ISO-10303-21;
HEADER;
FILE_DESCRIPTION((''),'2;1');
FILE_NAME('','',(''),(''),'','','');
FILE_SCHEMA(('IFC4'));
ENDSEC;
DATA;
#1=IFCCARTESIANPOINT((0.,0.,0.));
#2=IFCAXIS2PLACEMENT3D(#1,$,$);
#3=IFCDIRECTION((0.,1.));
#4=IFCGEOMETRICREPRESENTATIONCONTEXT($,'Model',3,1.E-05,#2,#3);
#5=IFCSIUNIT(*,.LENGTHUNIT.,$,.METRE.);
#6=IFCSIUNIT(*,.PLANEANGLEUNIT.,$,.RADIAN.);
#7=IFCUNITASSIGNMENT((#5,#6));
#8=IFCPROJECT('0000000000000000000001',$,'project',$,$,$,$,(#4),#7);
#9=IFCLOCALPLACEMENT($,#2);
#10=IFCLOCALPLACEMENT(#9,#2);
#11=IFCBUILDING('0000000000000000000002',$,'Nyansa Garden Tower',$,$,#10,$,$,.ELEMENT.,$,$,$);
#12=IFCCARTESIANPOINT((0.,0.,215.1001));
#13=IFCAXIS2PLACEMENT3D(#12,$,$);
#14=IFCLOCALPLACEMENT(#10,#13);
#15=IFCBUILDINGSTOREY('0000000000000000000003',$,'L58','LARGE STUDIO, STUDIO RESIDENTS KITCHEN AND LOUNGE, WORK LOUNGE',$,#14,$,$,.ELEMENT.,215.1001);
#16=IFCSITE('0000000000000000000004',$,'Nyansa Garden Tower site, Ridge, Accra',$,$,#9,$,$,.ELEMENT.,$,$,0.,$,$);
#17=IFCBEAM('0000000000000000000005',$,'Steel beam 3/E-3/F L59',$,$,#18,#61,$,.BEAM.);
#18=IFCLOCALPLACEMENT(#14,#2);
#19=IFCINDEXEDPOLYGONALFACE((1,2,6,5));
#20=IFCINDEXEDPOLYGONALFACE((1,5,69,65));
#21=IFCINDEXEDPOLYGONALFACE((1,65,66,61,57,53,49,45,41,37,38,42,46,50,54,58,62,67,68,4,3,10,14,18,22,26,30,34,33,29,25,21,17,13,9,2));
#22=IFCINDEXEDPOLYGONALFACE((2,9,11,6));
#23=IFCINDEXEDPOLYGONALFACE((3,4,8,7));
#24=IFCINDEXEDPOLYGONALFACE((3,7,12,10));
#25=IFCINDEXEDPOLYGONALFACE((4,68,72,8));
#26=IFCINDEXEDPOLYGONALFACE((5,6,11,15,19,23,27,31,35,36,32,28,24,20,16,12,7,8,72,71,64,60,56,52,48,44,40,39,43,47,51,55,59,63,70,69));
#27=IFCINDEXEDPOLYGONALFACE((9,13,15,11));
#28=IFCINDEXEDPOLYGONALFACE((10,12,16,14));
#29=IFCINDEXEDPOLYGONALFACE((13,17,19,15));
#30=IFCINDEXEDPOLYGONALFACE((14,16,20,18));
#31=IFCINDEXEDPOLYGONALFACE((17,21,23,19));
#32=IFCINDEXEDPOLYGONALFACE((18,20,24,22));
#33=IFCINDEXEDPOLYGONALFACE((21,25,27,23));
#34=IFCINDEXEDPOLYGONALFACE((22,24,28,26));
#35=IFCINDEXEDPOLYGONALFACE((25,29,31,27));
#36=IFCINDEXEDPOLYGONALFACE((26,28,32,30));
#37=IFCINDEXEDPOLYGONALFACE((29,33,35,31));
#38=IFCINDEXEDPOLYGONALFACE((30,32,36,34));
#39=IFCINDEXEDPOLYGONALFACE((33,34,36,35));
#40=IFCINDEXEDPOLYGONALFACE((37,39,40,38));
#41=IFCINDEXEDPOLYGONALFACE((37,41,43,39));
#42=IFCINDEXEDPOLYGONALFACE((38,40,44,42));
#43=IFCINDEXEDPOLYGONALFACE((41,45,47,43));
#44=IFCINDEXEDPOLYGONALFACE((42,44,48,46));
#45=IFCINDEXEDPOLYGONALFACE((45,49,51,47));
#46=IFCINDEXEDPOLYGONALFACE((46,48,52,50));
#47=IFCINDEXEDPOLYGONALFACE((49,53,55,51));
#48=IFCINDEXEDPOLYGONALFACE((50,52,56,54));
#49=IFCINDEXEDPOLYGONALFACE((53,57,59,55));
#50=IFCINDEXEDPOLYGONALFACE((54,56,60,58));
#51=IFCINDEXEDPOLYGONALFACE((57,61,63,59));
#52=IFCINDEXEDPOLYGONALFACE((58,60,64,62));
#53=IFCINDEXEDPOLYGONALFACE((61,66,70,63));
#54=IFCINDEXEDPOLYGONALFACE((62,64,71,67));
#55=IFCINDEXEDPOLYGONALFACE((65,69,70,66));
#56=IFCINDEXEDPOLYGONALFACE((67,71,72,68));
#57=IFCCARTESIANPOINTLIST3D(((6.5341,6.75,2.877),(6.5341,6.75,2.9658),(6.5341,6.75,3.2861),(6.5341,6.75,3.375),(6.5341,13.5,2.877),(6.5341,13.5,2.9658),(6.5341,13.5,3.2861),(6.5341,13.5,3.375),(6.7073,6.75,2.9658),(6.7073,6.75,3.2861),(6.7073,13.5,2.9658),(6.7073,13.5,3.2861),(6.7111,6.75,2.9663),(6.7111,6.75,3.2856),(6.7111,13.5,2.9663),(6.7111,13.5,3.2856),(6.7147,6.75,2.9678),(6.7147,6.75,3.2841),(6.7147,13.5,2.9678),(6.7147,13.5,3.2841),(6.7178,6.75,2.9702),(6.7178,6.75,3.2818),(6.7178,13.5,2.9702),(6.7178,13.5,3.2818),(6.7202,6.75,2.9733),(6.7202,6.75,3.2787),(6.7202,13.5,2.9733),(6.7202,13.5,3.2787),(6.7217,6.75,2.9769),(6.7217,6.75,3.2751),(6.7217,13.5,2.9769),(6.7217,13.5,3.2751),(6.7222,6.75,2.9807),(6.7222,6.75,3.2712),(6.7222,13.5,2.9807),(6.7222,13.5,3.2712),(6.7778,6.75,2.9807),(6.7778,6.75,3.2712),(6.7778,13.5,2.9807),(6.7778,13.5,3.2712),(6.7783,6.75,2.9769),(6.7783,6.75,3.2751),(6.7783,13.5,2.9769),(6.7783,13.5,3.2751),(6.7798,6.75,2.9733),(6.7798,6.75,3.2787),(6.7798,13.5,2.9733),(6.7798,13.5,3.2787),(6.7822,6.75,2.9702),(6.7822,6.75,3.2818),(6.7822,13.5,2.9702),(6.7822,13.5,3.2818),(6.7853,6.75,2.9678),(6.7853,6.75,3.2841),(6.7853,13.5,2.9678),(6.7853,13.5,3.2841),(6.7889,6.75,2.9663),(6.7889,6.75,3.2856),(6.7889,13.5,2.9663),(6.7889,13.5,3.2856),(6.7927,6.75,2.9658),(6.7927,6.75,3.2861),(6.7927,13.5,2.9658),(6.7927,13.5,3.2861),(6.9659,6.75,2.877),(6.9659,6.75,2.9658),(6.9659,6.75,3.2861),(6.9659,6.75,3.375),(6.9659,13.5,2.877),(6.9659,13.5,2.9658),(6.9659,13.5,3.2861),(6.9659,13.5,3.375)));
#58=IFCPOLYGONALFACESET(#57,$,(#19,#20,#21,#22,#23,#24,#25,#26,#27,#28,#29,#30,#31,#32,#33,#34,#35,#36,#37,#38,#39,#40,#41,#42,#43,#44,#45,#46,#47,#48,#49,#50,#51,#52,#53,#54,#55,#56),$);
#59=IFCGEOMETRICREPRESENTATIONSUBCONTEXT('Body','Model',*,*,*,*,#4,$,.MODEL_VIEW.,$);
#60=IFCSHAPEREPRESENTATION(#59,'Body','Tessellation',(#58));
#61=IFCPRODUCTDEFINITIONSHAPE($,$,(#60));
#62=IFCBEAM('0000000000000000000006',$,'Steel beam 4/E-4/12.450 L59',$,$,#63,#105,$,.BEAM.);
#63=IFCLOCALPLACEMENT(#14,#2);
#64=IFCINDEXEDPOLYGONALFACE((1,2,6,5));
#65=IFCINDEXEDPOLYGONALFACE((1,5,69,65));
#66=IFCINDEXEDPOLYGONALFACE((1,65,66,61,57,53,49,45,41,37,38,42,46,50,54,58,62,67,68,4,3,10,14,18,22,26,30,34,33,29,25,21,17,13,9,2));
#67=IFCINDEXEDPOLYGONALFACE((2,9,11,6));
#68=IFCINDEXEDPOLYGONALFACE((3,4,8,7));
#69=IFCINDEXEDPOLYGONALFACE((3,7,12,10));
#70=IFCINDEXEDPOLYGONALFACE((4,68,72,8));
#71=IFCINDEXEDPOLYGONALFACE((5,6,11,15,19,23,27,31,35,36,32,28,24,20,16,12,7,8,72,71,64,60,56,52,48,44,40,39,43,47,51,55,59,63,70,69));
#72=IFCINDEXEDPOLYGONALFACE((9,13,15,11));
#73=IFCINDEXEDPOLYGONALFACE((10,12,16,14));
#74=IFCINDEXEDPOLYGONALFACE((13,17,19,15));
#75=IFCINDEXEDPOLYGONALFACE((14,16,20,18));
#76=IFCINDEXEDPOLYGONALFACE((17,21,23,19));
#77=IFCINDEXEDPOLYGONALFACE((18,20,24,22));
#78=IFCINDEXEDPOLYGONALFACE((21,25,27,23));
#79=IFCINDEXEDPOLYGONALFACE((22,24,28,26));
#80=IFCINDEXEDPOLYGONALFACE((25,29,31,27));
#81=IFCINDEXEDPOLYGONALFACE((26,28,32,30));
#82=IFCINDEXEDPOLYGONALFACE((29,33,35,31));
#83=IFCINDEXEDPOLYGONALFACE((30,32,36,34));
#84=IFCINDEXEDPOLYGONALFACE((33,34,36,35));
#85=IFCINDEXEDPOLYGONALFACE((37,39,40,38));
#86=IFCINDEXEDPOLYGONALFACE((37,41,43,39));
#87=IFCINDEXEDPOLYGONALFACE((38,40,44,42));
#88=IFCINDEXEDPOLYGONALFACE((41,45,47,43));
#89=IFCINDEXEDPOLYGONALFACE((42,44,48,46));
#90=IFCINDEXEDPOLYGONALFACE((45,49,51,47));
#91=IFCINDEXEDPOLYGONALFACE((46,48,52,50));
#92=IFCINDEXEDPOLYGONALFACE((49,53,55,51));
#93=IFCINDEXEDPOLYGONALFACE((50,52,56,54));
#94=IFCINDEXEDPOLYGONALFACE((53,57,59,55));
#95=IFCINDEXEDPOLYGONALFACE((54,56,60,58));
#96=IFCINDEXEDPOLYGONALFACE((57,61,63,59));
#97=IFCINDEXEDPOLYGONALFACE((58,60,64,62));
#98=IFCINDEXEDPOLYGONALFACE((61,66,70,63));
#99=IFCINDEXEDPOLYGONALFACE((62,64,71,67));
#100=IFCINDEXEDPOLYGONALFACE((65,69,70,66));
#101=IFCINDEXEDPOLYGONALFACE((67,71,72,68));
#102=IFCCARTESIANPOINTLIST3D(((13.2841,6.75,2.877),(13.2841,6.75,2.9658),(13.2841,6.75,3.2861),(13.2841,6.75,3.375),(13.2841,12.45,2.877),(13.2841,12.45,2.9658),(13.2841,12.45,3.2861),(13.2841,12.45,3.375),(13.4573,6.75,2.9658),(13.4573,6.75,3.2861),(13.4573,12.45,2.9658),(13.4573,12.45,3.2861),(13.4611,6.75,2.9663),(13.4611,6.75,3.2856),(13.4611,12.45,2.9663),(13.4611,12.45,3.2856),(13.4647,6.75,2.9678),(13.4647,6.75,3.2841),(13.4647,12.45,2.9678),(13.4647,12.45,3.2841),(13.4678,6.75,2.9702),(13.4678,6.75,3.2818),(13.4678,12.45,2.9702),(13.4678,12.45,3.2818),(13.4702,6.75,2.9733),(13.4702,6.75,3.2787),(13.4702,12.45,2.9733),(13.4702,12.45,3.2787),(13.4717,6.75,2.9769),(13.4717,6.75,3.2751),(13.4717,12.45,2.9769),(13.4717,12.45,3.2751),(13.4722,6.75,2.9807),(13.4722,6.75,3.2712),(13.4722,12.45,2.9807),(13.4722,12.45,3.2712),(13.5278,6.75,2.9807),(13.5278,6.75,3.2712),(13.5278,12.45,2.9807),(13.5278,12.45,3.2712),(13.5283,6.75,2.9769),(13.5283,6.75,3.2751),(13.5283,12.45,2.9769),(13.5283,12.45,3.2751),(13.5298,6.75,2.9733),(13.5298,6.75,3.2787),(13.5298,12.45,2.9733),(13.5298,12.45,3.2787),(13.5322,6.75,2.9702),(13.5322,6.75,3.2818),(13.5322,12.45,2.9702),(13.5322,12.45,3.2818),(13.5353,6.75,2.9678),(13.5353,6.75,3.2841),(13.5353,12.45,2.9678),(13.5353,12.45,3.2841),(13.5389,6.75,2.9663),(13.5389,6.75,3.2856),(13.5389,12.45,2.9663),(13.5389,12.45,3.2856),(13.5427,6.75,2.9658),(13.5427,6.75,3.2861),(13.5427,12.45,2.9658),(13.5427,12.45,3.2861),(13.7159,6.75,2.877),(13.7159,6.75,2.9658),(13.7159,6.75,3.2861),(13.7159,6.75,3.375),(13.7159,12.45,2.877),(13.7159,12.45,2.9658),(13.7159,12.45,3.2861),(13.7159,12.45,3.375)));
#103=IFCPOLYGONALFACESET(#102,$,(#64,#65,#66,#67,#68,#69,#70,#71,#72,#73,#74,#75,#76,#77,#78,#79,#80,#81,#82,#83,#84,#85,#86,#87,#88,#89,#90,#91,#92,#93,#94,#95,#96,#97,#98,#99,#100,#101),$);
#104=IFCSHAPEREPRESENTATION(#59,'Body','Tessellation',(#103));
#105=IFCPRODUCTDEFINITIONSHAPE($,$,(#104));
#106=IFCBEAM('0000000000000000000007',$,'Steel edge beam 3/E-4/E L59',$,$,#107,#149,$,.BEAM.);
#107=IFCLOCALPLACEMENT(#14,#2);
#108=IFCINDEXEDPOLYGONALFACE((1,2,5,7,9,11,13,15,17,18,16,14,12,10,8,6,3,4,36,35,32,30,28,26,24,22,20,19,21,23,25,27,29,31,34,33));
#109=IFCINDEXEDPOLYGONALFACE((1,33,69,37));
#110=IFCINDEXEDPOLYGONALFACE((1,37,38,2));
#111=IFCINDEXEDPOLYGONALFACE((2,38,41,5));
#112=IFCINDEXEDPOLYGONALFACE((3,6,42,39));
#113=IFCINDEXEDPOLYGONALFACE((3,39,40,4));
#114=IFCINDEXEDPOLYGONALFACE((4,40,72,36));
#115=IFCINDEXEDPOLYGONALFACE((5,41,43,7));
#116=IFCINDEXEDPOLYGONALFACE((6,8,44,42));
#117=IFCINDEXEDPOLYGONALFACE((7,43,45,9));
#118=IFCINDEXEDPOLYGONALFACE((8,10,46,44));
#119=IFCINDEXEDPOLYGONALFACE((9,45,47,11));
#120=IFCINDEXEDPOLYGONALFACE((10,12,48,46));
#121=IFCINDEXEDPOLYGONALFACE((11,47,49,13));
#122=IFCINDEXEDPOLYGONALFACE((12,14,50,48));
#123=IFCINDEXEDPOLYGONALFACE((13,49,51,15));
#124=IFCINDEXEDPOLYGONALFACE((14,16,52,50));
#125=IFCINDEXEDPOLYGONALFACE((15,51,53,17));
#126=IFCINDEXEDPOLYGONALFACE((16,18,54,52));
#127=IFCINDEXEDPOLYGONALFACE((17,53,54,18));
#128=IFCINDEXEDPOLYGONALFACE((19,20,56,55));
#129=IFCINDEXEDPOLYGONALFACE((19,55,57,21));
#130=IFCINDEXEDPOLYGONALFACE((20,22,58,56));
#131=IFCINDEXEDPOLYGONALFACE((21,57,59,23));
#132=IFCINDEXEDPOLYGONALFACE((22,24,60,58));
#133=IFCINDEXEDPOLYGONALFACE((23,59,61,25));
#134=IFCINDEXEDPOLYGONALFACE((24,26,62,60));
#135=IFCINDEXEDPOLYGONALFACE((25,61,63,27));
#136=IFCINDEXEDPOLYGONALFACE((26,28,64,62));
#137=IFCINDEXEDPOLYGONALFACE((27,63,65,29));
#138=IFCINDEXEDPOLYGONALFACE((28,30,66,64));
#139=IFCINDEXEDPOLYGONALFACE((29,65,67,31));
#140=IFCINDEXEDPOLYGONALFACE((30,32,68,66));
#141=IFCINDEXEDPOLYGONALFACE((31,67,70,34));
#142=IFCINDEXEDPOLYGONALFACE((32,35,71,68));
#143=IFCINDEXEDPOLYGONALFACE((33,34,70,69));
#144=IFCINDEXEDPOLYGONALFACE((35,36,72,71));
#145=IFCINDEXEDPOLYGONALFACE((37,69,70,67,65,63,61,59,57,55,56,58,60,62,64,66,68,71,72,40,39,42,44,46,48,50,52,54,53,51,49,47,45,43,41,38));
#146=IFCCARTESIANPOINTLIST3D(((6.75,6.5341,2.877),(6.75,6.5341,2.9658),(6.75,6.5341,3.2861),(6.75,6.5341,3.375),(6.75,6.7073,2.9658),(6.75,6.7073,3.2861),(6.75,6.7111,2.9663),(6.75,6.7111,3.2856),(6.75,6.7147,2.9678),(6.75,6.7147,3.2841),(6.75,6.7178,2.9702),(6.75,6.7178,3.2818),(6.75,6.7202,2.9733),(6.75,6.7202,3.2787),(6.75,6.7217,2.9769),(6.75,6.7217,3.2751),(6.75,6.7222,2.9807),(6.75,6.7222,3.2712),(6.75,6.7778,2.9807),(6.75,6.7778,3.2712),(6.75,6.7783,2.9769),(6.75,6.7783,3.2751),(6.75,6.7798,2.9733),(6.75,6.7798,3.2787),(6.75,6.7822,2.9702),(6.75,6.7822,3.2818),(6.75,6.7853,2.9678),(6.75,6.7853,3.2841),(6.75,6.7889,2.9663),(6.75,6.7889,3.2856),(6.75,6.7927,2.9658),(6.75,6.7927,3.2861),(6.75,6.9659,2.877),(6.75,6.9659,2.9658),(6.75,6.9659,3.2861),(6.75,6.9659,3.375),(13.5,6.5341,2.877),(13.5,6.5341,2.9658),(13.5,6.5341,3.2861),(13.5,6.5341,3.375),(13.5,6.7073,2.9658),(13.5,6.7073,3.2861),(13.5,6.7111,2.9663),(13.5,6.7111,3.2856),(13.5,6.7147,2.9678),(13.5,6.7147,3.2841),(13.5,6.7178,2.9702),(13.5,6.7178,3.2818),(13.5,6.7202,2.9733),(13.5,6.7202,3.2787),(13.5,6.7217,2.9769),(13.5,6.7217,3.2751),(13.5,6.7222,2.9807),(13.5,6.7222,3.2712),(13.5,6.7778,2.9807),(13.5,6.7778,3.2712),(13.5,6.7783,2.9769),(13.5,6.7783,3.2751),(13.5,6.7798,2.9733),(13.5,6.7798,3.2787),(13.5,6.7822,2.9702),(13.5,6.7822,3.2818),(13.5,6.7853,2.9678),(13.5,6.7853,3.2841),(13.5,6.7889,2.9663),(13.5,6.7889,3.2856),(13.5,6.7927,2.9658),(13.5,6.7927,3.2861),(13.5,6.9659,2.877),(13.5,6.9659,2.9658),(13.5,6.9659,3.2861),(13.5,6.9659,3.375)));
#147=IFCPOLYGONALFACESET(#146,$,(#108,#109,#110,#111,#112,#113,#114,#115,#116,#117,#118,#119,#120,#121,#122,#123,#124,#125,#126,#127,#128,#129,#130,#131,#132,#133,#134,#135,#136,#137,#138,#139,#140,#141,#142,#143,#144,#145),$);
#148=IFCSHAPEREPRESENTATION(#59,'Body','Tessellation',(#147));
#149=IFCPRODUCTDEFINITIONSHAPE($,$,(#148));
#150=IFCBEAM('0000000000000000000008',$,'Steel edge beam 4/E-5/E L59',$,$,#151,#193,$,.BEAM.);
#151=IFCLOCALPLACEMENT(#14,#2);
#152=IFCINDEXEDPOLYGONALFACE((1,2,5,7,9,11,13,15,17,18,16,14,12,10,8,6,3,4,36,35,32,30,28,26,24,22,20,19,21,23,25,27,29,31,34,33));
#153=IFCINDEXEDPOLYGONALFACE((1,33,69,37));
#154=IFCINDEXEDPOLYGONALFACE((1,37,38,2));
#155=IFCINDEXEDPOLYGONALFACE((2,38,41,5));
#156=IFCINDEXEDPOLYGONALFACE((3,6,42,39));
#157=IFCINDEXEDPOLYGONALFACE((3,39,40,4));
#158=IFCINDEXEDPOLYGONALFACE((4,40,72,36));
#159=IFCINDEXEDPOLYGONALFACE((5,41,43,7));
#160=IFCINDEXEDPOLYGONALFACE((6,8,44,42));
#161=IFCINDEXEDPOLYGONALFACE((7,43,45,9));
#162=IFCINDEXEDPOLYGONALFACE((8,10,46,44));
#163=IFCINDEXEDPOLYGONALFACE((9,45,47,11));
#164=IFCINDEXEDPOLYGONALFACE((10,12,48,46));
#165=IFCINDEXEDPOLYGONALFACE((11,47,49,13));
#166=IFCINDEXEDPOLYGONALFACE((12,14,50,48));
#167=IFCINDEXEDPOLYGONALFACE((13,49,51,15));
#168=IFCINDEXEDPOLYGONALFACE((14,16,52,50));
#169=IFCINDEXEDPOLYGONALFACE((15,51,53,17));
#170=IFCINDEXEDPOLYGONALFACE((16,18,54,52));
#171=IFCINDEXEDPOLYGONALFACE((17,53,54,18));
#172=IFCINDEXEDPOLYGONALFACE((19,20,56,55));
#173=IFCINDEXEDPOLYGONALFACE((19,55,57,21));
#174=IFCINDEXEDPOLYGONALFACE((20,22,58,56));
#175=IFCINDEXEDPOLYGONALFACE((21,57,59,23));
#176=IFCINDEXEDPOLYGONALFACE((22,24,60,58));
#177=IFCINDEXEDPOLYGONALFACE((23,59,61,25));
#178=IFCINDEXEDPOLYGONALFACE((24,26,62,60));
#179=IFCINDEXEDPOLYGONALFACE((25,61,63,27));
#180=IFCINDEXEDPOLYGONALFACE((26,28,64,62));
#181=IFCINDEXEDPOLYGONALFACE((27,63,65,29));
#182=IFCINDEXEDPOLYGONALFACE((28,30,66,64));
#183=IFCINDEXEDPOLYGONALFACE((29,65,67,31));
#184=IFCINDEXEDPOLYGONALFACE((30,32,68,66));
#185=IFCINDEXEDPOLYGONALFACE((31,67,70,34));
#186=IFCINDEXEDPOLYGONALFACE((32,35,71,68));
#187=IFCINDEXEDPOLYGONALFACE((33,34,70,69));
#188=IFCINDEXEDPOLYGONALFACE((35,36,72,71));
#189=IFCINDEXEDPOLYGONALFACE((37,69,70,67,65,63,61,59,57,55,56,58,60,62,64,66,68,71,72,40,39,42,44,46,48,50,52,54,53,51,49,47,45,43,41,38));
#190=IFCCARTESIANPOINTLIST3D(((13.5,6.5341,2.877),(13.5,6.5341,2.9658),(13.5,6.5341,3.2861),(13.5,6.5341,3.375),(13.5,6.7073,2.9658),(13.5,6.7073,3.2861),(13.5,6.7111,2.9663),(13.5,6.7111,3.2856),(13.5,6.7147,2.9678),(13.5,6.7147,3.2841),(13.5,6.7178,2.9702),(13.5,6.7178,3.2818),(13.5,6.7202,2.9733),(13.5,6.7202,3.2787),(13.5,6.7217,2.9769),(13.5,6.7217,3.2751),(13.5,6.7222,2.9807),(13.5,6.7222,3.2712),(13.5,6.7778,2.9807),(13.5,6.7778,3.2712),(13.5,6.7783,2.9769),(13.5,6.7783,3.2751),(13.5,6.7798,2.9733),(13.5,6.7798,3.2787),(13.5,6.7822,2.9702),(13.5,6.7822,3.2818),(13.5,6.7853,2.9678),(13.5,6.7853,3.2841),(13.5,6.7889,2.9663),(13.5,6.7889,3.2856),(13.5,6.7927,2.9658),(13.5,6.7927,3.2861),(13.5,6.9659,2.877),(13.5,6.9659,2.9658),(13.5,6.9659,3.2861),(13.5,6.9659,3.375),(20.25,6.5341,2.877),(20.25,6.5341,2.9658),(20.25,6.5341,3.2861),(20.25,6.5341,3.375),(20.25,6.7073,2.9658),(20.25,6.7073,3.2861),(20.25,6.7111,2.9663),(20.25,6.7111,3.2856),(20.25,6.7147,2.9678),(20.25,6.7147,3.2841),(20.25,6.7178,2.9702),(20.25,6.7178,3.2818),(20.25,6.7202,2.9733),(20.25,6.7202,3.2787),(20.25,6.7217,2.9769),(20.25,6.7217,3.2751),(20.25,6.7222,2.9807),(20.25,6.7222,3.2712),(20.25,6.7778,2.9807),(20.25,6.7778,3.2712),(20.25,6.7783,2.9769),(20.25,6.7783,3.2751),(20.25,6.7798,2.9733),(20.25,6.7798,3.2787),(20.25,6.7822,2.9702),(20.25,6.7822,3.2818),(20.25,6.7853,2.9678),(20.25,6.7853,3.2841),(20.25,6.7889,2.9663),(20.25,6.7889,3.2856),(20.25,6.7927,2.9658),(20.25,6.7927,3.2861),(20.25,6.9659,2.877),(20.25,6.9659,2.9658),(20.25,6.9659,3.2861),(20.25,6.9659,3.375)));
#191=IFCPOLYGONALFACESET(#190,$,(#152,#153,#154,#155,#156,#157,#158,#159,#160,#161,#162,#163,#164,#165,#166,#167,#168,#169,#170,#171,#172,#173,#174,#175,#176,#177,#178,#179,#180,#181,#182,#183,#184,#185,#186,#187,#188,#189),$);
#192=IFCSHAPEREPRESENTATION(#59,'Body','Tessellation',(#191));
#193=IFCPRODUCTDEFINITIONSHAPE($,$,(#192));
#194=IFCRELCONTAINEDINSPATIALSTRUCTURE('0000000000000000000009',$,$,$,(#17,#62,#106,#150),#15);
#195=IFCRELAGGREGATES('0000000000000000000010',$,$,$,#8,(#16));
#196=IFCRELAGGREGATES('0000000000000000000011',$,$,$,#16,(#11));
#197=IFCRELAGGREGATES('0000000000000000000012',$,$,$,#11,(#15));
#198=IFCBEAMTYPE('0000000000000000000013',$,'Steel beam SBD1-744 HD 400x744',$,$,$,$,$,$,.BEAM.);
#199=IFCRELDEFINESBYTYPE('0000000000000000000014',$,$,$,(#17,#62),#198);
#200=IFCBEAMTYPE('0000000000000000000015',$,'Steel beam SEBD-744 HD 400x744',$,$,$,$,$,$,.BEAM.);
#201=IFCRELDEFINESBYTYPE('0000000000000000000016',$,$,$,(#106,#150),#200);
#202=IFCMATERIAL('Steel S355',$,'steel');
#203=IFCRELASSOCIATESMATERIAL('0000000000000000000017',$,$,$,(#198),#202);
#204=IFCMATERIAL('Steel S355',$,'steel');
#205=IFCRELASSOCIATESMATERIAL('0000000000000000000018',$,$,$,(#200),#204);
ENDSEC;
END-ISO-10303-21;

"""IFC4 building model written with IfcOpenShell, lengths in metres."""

from ifc_helpers import new_model, si_unit, direction, frame, origin, origin_2d, place, context, subcontext, project, spatial, i_section, extrude, material, material_profile, profile_set, type_object, element, save


model = new_model("IFC4")

# Units and contexts
model_context = context("Model", 3, precision=1e-05, world=origin(), true_north=direction((0.0, 1.0)))
body_context = subcontext(model_context, "Body", "Model", "MODEL_VIEW")
ifc_project = project(units=[si_unit("LENGTHUNIT", "METRE"), si_unit("PLANEANGLEUNIT", "RADIAN")], contexts=[model_context])

# Site, building, storey
site_placement = place(None, origin())
site = spatial("IfcSite", under=ifc_project, at=site_placement, Name="Nyansa Garden Tower site, Ridge, Accra", CompositionType="ELEMENT", RefElevation=0.0)
building_placement = place(site_placement, origin())
building = spatial("IfcBuilding", under=site, at=building_placement, Name="Nyansa Garden Tower", CompositionType="ELEMENT")
storey_placement = place(building_placement, frame((0.0, 0.0, 215.1001)))
storey = spatial("IfcBuildingStorey", under=building, at=storey_placement, Name="L58", Description="LARGE STUDIO, STUDIO RESIDENTS KITCHEN AND LOUNGE, WORK LOUNGE", CompositionType="ELEMENT", Elevation=215.1001)

# Beams
ifc_material_1 = material(Name="Steel S355", Category="steel")
ifc_material_profile_1 = material_profile(ifc_material_1, i_section(OverallWidth=0.4319, OverallDepth=0.498, WebThickness=0.0557, FlangeThickness=0.0889, FilletRadius=0.0149, at=origin_2d()), Name="HD 400x744")
ifc_profile_set_1 = profile_set([ifc_material_profile_1], Name="Steel S355")
beam_type_1 = type_object("IfcBeamType", Name="Steel beam SBD1-744 HD 400x744", PredefinedType="BEAM", material=ifc_profile_set_1)
beam_1_placement = place(storey_placement, frame((6.75, 6.75, 3.126), z_axis=(0.0, 1.0, 0.0), x_axis=(-1.0, 0.0, 0.0)))
element("IfcBeam", 1, at=beam_1_placement, inside=storey, type_object=beam_type_1, Name="Steel beam 3/E-3/F L59", PredefinedType="BEAM", context=body_context, shape_type="SweptSolid", body=[
    extrude(i_section(OverallWidth=0.4319, OverallDepth=0.498, WebThickness=0.0557, FlangeThickness=0.0889, FilletRadius=0.0149, at=origin_2d()), origin(), (0.0, 0.0, 1.0), 6.75),
])
beam_2_placement = place(storey_placement, frame((13.5, 6.75, 3.126), z_axis=(0.0, 1.0, 0.0), x_axis=(-1.0, 0.0, 0.0)))
element("IfcBeam", 2, at=beam_2_placement, inside=storey, type_object=beam_type_1, Name="Steel beam 4/E-4/12.450 L59", PredefinedType="BEAM", context=body_context, shape_type="SweptSolid", body=[
    extrude(i_section(OverallWidth=0.4319, OverallDepth=0.498, WebThickness=0.0557, FlangeThickness=0.0889, FilletRadius=0.0149, at=origin_2d()), origin(), (0.0, 0.0, 1.0), 5.7),
])
ifc_material_2 = material(Name="Steel S355", Category="steel")
ifc_material_profile_2 = material_profile(ifc_material_2, i_section(OverallWidth=0.4319, OverallDepth=0.498, WebThickness=0.0557, FlangeThickness=0.0889, FilletRadius=0.0149, at=origin_2d()), Name="HD 400x744")
ifc_profile_set_2 = profile_set([ifc_material_profile_2], Name="Steel S355")
beam_type_2 = type_object("IfcBeamType", Name="Steel beam SEBD-744 HD 400x744", PredefinedType="BEAM", material=ifc_profile_set_2)
for number, where, z_axis, x_axis, name in (
    (3, (6.75, 6.75, 3.126), (1.0, 0.0, 0.0), (0.0, 1.0, 0.0), "Steel edge beam 3/E-4/E L59"),
    (4, (13.5, 6.75, 3.126), (1.0, 0.0, 0.0), (0.0, 1.0, 0.0), "Steel edge beam 4/E-5/E L59"),
):
    element("IfcBeam", number, at=place(storey_placement, frame(where, z_axis=z_axis, x_axis=x_axis)), inside=storey, type_object=beam_type_2, Name=name, PredefinedType="BEAM", context=body_context, shape_type="SweptSolid", body=[
        extrude(i_section(OverallWidth=0.4319, OverallDepth=0.498, WebThickness=0.0557, FlangeThickness=0.0889, FilletRadius=0.0149, at=origin_2d()), origin(), (0.0, 0.0, 1.0), 6.75),
    ])

save(model, "model.ifc")
